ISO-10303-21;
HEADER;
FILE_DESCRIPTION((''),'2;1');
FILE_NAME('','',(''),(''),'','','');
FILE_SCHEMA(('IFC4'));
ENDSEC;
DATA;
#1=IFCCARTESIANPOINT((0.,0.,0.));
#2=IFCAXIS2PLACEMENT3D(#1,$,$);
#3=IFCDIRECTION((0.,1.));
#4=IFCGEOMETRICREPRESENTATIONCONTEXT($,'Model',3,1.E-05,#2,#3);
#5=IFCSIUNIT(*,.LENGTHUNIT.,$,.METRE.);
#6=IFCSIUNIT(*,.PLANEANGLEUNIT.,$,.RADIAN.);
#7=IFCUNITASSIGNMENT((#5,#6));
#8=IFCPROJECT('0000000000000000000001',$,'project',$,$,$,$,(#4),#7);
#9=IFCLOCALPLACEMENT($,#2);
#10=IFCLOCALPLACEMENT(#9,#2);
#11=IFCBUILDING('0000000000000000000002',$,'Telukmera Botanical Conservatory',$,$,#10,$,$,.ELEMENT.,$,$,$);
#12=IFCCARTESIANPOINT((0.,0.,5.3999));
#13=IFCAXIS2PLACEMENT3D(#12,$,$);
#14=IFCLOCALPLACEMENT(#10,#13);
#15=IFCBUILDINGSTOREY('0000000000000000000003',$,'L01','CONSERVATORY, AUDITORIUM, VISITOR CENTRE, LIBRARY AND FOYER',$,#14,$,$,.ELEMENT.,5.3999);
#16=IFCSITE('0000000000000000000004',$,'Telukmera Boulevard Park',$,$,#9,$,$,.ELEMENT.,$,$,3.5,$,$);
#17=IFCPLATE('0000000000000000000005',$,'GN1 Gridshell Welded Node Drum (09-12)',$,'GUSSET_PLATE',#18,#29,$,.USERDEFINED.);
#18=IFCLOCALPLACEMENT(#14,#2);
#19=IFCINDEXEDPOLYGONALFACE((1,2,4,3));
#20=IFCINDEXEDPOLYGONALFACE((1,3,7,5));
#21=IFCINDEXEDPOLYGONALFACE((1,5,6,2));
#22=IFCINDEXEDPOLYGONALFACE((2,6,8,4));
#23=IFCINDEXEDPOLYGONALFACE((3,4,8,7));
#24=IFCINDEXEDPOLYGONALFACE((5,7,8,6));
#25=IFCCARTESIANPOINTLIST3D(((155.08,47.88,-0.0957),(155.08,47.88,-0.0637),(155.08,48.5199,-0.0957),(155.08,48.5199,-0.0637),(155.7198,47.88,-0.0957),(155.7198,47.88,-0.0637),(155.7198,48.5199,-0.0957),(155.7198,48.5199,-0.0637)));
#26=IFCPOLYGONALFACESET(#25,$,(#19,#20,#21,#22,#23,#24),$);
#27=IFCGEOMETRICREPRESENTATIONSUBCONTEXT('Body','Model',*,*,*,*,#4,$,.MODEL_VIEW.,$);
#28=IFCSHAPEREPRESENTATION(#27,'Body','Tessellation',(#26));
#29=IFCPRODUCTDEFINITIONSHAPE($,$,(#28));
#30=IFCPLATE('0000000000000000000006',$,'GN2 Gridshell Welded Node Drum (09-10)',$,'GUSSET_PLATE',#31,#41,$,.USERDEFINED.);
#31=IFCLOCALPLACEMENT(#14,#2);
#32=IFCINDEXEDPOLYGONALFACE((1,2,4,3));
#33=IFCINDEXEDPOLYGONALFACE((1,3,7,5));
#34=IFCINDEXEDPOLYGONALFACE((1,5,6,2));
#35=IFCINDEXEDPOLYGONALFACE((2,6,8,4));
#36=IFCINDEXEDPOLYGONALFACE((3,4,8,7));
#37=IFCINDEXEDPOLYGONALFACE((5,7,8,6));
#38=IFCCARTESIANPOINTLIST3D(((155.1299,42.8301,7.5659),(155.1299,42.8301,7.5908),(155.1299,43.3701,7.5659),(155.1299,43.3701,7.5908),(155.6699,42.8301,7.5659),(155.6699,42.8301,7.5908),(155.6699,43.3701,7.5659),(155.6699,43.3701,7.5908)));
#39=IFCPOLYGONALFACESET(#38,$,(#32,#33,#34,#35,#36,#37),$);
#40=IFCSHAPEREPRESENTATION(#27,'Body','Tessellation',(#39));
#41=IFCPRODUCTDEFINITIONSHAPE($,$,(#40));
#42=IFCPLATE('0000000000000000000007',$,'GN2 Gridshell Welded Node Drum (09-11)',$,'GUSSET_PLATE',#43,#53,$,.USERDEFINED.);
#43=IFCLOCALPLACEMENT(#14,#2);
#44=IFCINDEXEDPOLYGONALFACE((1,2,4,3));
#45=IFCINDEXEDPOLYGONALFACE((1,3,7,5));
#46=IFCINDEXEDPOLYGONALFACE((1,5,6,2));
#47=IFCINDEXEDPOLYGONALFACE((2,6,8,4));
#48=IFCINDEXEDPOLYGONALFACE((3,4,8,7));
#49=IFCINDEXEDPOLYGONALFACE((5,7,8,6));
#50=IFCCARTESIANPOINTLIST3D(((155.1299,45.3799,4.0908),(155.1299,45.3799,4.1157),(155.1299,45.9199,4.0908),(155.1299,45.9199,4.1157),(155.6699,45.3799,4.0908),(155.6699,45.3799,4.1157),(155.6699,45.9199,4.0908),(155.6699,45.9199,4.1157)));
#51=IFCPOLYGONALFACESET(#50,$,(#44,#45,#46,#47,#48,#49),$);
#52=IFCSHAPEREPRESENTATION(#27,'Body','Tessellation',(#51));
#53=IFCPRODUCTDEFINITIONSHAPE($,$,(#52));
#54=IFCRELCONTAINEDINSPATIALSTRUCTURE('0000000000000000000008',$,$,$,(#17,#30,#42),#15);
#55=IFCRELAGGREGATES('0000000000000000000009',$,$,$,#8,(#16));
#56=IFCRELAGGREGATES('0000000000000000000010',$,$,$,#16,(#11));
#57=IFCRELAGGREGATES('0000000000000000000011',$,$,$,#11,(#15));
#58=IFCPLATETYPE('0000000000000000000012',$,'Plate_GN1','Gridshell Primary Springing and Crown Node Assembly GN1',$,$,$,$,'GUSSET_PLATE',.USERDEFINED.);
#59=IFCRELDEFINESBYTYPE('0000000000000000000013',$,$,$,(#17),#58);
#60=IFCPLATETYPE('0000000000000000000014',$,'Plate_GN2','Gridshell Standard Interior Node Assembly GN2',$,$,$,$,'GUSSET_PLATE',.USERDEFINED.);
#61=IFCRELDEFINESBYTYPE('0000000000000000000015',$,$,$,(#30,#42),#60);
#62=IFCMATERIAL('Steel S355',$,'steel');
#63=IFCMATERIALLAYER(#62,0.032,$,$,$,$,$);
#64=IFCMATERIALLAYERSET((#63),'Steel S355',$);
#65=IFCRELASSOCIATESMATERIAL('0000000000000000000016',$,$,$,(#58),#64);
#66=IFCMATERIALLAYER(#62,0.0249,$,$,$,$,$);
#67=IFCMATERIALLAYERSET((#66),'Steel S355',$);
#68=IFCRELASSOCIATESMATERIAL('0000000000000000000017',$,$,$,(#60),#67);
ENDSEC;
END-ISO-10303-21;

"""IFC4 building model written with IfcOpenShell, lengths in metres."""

from ifc_helpers import new_model, si_unit, direction, frame, origin, origin_2d, place, context, subcontext, project, spatial, rectangle, extrude, material, layer, layer_set, type_object, element, save


model = new_model("IFC4")

# Units and contexts
model_context = context("Model", 3, precision=1e-05, world=origin(), true_north=direction((0.0, 1.0)))
body_context = subcontext(model_context, "Body", "Model", "MODEL_VIEW")
ifc_project = project(units=[si_unit("LENGTHUNIT", "METRE"), si_unit("PLANEANGLEUNIT", "RADIAN")], contexts=[model_context])

# Site, building, storey
site_placement = place(None, origin())
site = spatial("IfcSite", under=ifc_project, at=site_placement, Name="Telukmera Boulevard Park", CompositionType="ELEMENT", RefElevation=3.5)
building_placement = place(site_placement, origin())
building = spatial("IfcBuilding", under=site, at=building_placement, Name="Telukmera Botanical Conservatory", CompositionType="ELEMENT")
storey_placement = place(building_placement, frame((0.0, 0.0, 5.3999)))
storey = spatial("IfcBuildingStorey", under=building, at=storey_placement, Name="L01", Description="CONSERVATORY, AUDITORIUM, VISITOR CENTRE, LIBRARY AND FOYER", CompositionType="ELEMENT", Elevation=5.3999)

# Shared definitions
ifc_material_1 = material(Name="Steel S355", Category="steel")

# Plates
ifc_layer_1 = layer(ifc_material_1, 0.032)
ifc_layer_set_1 = layer_set([ifc_layer_1], Name="Steel S355")
plate_type_1 = type_object("IfcPlateType", Name="Plate_GN1", Description="Gridshell Primary Springing and Crown Node Assembly GN1", ElementType="GUSSET_PLATE", PredefinedType="USERDEFINED", material=ifc_layer_set_1)
plate_1_placement = place(storey_placement, frame((155.3999, 48.2, -0.0957), z_axis=(0.0, 0.0, 1.0), x_axis=(1.0, 0.0, 0.0)))
element("IfcPlate", 1, at=plate_1_placement, inside=storey, type_object=plate_type_1, Name="GN1 Gridshell Welded Node Drum (09-12)", ObjectType="GUSSET_PLATE", PredefinedType="USERDEFINED", context=body_context, shape_type="SweptSolid", body=[
    extrude(rectangle(XDim=0.6399, YDim=0.6399, at=origin_2d()), origin(), (0.0, 0.0, 1.0), 0.032),
])
ifc_layer_2 = layer(ifc_material_1, 0.0249)
ifc_layer_set_2 = layer_set([ifc_layer_2], Name="Steel S355")
plate_type_2 = type_object("IfcPlateType", Name="Plate_GN2", Description="Gridshell Standard Interior Node Assembly GN2", ElementType="GUSSET_PLATE", PredefinedType="USERDEFINED", material=ifc_layer_set_2)
for number, where, z_axis, x_axis, name in (
    (2, (155.3999, 43.1001, 7.5659), (0.0, 0.0, 1.0), (1.0, 0.0, 0.0), "GN2 Gridshell Welded Node Drum (09-10)"),
    (3, (155.3999, 45.6499, 4.0908), (0.0, 0.0, 1.0), (1.0, 0.0, 0.0), "GN2 Gridshell Welded Node Drum (09-11)"),
):
    element("IfcPlate", number, at=place(storey_placement, frame(where, z_axis=z_axis, x_axis=x_axis)), inside=storey, type_object=plate_type_2, Name=name, ObjectType="GUSSET_PLATE", PredefinedType="USERDEFINED", context=body_context, shape_type="SweptSolid", body=[
        extrude(rectangle(XDim=0.54, YDim=0.54, at=origin_2d()), origin(), (0.0, 0.0, 1.0), 0.0249),
    ])

save(model, "model.ifc")
